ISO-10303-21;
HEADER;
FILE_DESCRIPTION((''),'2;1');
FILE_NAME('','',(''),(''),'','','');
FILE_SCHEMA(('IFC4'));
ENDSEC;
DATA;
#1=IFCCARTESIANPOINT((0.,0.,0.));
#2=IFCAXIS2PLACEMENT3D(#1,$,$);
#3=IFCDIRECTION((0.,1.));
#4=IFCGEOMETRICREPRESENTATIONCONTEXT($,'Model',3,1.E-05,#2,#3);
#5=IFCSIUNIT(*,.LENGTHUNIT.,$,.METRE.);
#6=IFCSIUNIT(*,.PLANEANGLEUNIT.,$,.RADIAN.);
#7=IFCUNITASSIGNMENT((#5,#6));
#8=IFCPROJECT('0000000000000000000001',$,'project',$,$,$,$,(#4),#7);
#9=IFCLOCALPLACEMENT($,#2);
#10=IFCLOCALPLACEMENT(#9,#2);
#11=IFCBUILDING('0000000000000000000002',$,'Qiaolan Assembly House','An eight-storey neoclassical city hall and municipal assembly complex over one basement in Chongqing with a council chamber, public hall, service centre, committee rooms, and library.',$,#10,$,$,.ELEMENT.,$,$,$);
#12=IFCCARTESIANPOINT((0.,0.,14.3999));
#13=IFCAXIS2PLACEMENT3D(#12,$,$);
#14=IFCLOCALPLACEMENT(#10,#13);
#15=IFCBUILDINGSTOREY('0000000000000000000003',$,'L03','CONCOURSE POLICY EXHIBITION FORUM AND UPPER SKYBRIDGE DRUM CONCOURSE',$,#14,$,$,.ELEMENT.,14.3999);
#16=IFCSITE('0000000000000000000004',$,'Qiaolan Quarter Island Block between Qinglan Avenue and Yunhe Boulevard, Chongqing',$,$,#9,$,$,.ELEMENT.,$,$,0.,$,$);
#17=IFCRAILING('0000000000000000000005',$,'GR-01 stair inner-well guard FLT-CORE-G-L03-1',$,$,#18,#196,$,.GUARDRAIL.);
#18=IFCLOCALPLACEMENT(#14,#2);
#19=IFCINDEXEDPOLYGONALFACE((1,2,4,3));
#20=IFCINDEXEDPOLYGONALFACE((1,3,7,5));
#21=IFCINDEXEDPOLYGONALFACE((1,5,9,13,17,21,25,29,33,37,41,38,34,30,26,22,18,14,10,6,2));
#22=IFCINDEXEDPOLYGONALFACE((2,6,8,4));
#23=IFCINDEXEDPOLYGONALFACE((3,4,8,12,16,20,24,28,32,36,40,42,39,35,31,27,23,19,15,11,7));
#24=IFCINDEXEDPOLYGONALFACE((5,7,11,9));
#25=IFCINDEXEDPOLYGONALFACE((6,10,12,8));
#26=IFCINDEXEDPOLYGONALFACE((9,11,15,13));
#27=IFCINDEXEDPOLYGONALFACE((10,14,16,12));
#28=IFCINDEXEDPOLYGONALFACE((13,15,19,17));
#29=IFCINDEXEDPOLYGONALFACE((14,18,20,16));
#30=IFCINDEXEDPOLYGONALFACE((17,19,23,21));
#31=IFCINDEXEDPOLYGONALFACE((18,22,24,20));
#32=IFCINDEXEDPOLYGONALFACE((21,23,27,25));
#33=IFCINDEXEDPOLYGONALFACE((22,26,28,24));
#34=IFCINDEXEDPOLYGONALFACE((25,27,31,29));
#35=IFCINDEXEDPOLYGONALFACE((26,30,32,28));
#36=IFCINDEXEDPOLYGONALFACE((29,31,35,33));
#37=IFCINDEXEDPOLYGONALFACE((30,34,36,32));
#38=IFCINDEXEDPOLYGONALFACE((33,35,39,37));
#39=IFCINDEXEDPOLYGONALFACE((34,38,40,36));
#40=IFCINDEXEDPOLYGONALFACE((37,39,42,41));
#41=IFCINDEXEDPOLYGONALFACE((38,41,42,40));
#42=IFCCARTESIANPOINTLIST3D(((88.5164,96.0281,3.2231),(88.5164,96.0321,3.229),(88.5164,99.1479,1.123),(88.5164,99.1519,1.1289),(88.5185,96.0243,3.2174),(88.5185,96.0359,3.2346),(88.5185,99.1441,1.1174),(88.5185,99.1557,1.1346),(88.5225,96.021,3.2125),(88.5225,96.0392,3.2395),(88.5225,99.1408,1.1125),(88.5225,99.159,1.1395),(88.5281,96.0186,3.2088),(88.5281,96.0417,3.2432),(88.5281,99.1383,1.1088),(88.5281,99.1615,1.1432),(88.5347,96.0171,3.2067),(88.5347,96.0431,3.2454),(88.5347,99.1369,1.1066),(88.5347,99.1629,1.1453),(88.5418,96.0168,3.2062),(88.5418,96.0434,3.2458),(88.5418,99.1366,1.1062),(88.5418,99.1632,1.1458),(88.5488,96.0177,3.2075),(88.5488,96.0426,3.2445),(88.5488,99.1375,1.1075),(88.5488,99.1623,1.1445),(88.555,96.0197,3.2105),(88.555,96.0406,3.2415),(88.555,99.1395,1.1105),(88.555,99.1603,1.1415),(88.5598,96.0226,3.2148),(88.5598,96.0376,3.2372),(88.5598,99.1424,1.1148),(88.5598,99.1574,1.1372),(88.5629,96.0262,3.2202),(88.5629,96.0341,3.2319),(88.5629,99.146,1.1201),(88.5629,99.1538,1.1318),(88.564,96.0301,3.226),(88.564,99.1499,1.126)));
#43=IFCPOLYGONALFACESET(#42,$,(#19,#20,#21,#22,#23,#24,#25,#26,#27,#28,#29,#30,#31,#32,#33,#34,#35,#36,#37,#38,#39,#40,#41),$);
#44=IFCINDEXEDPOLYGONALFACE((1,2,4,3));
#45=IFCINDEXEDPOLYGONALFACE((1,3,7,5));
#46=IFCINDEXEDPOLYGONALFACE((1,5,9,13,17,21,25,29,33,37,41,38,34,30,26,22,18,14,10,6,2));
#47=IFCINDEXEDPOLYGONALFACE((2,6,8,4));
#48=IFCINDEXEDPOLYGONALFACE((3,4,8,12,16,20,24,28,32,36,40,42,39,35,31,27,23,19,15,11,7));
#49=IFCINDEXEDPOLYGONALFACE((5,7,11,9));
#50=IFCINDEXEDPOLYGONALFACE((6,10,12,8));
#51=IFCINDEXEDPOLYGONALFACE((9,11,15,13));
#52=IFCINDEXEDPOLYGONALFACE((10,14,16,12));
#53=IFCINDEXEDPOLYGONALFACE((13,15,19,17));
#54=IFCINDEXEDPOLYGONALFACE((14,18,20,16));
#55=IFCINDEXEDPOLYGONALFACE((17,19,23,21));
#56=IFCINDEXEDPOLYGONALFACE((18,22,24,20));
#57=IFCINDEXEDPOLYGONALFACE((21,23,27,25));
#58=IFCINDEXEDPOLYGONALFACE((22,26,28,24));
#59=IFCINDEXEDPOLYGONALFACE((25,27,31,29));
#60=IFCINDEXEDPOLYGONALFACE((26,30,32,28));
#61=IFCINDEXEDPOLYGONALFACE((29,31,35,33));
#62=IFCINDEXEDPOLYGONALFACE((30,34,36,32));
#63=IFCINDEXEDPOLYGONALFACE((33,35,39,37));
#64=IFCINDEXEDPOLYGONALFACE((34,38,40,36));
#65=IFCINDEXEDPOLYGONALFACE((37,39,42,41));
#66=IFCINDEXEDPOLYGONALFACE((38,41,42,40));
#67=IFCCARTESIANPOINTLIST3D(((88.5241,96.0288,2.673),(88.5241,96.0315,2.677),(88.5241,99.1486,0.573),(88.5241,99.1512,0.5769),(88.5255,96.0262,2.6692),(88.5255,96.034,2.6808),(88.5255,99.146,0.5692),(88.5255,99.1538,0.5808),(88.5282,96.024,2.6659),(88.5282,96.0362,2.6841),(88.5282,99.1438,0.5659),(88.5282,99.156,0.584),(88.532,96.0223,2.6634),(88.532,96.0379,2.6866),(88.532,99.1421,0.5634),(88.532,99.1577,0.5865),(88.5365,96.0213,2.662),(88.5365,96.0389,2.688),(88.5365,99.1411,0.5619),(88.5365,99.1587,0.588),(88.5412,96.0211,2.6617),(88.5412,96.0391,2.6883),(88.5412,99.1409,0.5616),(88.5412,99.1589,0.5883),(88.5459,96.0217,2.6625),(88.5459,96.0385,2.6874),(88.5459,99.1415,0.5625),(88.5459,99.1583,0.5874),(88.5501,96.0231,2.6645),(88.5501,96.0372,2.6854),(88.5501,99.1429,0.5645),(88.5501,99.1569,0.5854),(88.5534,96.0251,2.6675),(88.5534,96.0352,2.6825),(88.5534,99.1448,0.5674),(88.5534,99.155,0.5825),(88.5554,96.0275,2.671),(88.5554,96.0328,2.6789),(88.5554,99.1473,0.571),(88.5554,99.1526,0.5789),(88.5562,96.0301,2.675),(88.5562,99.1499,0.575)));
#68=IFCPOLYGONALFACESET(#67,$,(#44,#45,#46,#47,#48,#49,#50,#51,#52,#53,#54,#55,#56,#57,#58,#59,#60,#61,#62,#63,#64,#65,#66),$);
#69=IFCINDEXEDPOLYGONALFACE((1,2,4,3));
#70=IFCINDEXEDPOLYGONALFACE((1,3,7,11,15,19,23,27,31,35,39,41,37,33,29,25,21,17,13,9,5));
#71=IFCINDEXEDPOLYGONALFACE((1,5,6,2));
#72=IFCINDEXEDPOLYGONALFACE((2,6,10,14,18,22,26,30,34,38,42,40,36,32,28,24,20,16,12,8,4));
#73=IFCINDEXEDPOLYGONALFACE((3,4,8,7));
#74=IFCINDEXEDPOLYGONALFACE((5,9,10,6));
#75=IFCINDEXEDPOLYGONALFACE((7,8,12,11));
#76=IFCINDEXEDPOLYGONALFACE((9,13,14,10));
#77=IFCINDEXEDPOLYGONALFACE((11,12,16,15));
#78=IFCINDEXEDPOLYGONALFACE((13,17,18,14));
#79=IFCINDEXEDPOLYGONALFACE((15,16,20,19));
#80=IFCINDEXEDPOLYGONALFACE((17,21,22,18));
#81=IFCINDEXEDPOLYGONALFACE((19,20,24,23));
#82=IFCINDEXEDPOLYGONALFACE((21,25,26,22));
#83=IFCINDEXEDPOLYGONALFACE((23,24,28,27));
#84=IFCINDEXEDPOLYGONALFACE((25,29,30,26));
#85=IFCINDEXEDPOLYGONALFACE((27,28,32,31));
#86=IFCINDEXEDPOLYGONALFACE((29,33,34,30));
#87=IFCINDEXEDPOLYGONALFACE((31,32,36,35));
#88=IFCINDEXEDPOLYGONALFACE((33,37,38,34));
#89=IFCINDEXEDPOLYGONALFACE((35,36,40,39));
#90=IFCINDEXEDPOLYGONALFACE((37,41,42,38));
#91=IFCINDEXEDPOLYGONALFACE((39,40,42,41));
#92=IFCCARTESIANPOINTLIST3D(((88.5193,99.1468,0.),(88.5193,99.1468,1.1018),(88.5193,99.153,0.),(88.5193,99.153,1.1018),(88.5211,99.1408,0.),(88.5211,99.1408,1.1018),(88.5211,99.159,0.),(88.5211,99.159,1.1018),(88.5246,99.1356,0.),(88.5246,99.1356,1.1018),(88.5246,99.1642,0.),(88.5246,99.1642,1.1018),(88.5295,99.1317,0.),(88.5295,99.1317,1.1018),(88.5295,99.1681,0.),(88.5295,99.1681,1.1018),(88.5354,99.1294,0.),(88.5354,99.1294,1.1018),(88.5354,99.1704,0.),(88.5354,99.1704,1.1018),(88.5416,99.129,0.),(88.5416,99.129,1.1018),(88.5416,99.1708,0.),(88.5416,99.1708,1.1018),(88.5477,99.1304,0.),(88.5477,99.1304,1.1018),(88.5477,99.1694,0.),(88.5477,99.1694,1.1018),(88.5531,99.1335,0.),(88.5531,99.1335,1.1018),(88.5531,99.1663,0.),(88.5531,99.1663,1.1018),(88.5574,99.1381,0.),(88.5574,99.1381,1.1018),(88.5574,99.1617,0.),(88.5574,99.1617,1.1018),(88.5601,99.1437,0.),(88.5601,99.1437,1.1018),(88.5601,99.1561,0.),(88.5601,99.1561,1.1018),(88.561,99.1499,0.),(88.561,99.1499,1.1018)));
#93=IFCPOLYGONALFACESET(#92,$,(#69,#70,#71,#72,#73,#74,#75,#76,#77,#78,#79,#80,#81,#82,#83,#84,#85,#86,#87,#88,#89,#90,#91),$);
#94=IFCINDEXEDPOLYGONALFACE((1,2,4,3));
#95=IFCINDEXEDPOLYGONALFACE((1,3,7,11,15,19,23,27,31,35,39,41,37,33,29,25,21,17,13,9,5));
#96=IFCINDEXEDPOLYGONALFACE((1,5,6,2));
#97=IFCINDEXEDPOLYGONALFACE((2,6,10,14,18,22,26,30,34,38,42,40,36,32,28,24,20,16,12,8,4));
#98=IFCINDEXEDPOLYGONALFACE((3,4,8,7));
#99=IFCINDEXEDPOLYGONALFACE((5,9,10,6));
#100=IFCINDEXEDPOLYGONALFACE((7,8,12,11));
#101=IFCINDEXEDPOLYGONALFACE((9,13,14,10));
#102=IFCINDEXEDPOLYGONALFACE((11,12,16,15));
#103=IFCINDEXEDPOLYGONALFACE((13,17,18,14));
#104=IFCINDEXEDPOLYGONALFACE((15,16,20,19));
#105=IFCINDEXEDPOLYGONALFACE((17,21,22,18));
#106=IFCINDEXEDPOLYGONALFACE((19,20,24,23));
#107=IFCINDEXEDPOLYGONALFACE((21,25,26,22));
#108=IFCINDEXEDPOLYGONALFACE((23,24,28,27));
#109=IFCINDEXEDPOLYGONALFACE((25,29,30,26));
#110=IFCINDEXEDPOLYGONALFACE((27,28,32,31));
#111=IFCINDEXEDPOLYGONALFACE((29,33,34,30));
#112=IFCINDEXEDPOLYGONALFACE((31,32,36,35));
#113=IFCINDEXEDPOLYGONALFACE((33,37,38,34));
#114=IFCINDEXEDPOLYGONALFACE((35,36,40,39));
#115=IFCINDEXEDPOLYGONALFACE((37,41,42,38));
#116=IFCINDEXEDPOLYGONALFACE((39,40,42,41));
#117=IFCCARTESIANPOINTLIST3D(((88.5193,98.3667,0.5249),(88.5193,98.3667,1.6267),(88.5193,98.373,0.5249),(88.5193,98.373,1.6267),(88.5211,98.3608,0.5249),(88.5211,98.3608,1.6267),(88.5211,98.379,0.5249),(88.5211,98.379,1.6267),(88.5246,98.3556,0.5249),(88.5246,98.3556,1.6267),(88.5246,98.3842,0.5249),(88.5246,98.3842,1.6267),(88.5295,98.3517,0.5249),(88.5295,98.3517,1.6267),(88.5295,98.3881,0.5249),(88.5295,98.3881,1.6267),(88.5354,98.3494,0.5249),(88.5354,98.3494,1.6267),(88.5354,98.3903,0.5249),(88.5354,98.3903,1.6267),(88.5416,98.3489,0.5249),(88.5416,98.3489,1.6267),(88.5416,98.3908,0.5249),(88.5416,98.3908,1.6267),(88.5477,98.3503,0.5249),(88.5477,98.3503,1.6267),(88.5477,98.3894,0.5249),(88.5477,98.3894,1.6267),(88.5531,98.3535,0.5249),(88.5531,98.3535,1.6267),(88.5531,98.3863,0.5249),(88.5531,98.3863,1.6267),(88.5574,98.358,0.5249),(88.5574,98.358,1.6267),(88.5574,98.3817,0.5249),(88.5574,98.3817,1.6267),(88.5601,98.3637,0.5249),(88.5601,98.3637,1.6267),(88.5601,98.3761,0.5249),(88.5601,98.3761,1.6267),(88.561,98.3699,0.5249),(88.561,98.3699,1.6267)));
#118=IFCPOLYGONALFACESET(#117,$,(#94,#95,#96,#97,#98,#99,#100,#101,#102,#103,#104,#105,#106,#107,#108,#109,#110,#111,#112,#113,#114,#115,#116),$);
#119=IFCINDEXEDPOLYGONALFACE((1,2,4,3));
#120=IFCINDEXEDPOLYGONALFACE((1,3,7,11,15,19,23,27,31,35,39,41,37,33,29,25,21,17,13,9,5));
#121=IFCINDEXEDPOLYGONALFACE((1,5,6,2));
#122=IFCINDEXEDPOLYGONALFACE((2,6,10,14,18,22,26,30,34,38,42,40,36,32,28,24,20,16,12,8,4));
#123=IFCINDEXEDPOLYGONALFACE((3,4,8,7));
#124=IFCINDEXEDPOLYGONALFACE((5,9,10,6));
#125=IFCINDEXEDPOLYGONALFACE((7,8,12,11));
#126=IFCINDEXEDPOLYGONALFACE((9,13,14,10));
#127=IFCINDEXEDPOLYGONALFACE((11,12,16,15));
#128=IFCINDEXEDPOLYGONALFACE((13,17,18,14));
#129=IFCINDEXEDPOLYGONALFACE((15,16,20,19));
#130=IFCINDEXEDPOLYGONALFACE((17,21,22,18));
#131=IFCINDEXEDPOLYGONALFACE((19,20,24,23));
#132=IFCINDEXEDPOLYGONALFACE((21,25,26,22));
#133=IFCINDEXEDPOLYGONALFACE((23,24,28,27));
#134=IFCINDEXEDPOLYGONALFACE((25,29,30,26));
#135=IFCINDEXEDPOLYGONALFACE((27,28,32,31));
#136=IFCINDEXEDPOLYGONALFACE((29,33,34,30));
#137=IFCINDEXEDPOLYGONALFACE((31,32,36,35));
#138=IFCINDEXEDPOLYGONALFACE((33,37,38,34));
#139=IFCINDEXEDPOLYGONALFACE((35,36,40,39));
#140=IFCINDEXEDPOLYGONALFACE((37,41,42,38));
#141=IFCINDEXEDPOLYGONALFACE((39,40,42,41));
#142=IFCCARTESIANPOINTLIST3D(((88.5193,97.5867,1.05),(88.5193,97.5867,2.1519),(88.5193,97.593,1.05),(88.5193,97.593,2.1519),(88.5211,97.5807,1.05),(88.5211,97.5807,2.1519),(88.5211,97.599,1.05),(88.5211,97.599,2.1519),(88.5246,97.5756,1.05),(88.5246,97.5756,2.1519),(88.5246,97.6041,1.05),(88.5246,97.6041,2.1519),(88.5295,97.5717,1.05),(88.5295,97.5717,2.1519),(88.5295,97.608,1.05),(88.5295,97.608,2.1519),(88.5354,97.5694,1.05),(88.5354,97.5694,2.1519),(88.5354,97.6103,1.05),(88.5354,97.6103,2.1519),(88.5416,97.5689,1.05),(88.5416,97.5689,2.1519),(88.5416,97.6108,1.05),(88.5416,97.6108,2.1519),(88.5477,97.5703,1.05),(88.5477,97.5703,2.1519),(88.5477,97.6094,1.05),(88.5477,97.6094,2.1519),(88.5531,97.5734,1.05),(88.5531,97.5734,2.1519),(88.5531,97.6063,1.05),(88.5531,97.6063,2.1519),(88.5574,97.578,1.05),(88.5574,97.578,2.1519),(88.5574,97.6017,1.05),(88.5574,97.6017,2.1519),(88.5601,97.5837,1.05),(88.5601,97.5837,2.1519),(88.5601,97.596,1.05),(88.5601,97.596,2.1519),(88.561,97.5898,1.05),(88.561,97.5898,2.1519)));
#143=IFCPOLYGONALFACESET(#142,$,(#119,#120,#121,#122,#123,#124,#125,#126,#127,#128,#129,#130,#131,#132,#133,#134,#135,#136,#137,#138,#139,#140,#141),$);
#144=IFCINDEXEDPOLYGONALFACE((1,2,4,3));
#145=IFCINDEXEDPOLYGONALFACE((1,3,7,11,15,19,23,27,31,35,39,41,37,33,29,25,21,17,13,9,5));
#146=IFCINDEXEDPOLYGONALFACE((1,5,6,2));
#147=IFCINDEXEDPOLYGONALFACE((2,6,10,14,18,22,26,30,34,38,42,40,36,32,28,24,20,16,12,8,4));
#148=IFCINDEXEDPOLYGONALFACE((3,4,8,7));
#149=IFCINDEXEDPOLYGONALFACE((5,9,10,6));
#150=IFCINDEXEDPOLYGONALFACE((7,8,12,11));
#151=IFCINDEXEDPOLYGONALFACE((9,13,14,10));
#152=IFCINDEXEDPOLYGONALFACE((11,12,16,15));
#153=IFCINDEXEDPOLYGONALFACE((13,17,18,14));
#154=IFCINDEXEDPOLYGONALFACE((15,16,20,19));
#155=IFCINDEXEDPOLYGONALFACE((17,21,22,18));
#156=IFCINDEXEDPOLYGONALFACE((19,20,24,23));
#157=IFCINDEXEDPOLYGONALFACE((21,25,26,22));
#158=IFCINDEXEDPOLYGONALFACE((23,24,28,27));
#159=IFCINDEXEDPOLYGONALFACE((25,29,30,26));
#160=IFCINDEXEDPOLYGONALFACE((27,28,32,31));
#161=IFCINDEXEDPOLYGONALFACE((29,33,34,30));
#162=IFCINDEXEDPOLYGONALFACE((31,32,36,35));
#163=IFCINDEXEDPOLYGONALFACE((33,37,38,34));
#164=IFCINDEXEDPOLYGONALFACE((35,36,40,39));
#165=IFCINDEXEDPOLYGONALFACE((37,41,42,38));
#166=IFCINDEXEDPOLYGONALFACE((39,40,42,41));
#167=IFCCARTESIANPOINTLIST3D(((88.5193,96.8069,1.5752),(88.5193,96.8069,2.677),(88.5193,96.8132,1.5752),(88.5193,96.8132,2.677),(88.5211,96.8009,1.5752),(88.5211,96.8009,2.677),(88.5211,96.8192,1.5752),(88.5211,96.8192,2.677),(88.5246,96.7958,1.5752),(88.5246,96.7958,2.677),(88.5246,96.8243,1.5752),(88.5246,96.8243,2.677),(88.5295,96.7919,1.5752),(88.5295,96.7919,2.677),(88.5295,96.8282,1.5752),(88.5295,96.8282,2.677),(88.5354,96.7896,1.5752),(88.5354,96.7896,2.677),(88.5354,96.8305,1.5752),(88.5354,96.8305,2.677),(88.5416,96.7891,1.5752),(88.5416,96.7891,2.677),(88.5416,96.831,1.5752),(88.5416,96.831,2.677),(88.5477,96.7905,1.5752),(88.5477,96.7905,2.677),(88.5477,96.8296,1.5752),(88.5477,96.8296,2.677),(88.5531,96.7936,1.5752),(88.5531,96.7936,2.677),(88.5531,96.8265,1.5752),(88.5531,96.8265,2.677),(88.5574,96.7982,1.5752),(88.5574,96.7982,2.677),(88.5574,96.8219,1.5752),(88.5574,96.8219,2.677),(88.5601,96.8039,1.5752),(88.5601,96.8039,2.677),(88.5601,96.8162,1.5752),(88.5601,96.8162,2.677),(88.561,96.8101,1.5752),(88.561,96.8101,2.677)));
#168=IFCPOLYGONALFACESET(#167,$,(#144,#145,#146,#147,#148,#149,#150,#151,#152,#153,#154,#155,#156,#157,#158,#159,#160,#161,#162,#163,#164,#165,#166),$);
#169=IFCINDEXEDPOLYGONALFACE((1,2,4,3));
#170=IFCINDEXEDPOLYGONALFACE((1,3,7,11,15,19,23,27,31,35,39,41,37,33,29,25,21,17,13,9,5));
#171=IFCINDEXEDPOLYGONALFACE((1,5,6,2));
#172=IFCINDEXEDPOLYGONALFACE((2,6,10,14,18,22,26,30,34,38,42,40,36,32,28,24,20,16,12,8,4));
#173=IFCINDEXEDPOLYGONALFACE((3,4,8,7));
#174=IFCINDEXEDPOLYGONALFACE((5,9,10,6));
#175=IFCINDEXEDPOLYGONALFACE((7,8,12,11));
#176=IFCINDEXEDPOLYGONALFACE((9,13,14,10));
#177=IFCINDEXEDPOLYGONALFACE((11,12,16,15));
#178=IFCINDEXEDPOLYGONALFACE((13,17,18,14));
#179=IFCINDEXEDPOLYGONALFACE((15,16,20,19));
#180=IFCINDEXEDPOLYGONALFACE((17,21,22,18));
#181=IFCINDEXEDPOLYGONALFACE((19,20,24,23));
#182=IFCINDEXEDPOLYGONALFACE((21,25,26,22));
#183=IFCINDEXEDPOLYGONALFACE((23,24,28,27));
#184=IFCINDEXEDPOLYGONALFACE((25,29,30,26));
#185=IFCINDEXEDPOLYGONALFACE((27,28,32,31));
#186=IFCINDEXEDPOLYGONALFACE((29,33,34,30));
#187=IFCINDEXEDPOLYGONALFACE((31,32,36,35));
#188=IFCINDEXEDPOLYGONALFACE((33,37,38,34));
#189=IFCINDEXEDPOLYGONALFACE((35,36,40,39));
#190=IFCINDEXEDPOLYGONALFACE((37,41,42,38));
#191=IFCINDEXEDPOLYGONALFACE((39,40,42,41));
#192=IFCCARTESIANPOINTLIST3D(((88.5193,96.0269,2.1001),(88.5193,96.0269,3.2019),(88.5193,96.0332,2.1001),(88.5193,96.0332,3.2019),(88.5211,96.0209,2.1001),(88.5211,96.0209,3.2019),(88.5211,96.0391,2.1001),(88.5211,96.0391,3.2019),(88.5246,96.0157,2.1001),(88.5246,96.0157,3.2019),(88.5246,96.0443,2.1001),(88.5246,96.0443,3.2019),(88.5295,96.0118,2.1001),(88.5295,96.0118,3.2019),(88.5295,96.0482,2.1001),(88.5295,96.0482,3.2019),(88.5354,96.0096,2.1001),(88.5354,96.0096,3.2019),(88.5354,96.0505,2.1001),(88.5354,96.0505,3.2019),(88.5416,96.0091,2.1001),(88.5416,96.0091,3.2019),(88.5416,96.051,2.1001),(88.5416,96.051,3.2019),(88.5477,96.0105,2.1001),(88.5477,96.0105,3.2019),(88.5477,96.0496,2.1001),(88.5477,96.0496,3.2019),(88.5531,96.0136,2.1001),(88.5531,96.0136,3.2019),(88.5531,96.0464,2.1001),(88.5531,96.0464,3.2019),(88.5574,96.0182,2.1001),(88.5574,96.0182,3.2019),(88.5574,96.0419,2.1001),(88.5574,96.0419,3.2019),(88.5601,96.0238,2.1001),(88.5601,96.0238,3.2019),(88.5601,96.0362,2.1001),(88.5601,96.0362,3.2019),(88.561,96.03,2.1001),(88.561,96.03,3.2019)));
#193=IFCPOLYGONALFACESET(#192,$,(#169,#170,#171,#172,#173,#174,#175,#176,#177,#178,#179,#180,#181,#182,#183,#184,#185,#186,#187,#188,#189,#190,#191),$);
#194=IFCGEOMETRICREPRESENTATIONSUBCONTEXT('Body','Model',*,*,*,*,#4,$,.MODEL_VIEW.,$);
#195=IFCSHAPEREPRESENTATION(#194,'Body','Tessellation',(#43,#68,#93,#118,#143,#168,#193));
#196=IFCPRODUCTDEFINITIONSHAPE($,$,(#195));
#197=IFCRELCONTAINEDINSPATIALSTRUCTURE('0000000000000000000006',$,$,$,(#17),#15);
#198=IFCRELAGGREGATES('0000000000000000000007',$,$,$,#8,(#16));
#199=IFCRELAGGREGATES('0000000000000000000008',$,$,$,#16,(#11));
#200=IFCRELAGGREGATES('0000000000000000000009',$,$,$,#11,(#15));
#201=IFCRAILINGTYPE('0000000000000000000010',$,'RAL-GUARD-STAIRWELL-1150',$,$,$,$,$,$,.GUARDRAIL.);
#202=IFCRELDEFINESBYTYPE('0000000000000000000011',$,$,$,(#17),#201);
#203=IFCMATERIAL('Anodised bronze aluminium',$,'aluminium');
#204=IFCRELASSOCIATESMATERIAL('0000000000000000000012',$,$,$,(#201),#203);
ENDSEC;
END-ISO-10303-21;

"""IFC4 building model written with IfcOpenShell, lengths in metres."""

from ifc_helpers import new_model, si_unit, direction, frame, origin, origin_2d, place, context, subcontext, project, spatial, circle, extrude, material, type_object, element, save


model = new_model("IFC4")

# Units and contexts
model_context = context("Model", 3, precision=1e-05, world=origin(), true_north=direction((0.0, 1.0)))
body_context = subcontext(model_context, "Body", "Model", "MODEL_VIEW")
ifc_project = project(units=[si_unit("LENGTHUNIT", "METRE"), si_unit("PLANEANGLEUNIT", "RADIAN")], contexts=[model_context])

# Site, building, storey
site_placement = place(None, origin())
site = spatial("IfcSite", under=ifc_project, at=site_placement, Name="Qiaolan Quarter Island Block between Qinglan Avenue and Yunhe Boulevard, Chongqing", CompositionType="ELEMENT", RefElevation=0.0)
building_placement = place(site_placement, origin())
building = spatial("IfcBuilding", under=site, at=building_placement, Name="Qiaolan Assembly House", Description="An eight-storey neoclassical city hall and municipal assembly complex over one basement in Chongqing with a council chamber, public hall, service centre, committee rooms, and library.", CompositionType="ELEMENT")
storey_placement = place(building_placement, frame((0.0, 0.0, 14.3999)))
storey = spatial("IfcBuildingStorey", under=building, at=storey_placement, Name="L03", Description="CONCOURSE POLICY EXHIBITION FORUM AND UPPER SKYBRIDGE DRUM CONCOURSE", CompositionType="ELEMENT", Elevation=14.3999)

# Railing
ifc_material_1 = material(Name="Anodised bronze aluminium", Category="aluminium")
railing_type_1 = type_object("IfcRailingType", Name="RAL-GUARD-STAIRWELL-1150", PredefinedType="GUARDRAIL", material=ifc_material_1)
railing_1_placement = place(storey_placement, frame((88.54, 99.1499, 0.0)))
element("IfcRailing", 1, at=railing_1_placement, inside=storey, type_object=railing_type_1, Name="GR-01 stair inner-well guard FLT-CORE-G-L03-1", PredefinedType="GUARDRAIL", context=body_context, shape_type="SweptSolid", body=[
    extrude(circle(Radius=0.0239, at=origin_2d()), frame((0.0, 0.0, 1.126), z_axis=(0.0, -0.829565, 0.55841), x_axis=(1.0, 0.0, 0.0)), (0.0, 0.0, 1.0), 3.7607),
    extrude(circle(Radius=0.0161, at=origin_2d()), frame((0.0, 0.0, 0.575), z_axis=(0.0, -0.829565, 0.55841), x_axis=(1.0, 0.0, 0.0)), (0.0, 0.0, 1.0), 3.7607),
    extrude(circle(Radius=0.021, at=origin_2d()), origin(), (0.0, 0.0, 1.0), 1.1018),
    extrude(circle(Radius=0.021, at=origin_2d()), frame((0.0, -0.78, 0.5249)), (0.0, 0.0, 1.0), 1.1018),
    extrude(circle(Radius=0.021, at=origin_2d()), frame((0.0, -1.5601, 1.05)), (0.0, 0.0, 1.0), 1.1018),
    extrude(circle(Radius=0.021, at=origin_2d()), frame((0.0, -2.3398, 1.5752)), (0.0, 0.0, 1.0), 1.1018),
    extrude(circle(Radius=0.021, at=origin_2d()), frame((0.0, -3.1199, 2.1001)), (0.0, 0.0, 1.0), 1.1018),
])

save(model, "model.ifc")
